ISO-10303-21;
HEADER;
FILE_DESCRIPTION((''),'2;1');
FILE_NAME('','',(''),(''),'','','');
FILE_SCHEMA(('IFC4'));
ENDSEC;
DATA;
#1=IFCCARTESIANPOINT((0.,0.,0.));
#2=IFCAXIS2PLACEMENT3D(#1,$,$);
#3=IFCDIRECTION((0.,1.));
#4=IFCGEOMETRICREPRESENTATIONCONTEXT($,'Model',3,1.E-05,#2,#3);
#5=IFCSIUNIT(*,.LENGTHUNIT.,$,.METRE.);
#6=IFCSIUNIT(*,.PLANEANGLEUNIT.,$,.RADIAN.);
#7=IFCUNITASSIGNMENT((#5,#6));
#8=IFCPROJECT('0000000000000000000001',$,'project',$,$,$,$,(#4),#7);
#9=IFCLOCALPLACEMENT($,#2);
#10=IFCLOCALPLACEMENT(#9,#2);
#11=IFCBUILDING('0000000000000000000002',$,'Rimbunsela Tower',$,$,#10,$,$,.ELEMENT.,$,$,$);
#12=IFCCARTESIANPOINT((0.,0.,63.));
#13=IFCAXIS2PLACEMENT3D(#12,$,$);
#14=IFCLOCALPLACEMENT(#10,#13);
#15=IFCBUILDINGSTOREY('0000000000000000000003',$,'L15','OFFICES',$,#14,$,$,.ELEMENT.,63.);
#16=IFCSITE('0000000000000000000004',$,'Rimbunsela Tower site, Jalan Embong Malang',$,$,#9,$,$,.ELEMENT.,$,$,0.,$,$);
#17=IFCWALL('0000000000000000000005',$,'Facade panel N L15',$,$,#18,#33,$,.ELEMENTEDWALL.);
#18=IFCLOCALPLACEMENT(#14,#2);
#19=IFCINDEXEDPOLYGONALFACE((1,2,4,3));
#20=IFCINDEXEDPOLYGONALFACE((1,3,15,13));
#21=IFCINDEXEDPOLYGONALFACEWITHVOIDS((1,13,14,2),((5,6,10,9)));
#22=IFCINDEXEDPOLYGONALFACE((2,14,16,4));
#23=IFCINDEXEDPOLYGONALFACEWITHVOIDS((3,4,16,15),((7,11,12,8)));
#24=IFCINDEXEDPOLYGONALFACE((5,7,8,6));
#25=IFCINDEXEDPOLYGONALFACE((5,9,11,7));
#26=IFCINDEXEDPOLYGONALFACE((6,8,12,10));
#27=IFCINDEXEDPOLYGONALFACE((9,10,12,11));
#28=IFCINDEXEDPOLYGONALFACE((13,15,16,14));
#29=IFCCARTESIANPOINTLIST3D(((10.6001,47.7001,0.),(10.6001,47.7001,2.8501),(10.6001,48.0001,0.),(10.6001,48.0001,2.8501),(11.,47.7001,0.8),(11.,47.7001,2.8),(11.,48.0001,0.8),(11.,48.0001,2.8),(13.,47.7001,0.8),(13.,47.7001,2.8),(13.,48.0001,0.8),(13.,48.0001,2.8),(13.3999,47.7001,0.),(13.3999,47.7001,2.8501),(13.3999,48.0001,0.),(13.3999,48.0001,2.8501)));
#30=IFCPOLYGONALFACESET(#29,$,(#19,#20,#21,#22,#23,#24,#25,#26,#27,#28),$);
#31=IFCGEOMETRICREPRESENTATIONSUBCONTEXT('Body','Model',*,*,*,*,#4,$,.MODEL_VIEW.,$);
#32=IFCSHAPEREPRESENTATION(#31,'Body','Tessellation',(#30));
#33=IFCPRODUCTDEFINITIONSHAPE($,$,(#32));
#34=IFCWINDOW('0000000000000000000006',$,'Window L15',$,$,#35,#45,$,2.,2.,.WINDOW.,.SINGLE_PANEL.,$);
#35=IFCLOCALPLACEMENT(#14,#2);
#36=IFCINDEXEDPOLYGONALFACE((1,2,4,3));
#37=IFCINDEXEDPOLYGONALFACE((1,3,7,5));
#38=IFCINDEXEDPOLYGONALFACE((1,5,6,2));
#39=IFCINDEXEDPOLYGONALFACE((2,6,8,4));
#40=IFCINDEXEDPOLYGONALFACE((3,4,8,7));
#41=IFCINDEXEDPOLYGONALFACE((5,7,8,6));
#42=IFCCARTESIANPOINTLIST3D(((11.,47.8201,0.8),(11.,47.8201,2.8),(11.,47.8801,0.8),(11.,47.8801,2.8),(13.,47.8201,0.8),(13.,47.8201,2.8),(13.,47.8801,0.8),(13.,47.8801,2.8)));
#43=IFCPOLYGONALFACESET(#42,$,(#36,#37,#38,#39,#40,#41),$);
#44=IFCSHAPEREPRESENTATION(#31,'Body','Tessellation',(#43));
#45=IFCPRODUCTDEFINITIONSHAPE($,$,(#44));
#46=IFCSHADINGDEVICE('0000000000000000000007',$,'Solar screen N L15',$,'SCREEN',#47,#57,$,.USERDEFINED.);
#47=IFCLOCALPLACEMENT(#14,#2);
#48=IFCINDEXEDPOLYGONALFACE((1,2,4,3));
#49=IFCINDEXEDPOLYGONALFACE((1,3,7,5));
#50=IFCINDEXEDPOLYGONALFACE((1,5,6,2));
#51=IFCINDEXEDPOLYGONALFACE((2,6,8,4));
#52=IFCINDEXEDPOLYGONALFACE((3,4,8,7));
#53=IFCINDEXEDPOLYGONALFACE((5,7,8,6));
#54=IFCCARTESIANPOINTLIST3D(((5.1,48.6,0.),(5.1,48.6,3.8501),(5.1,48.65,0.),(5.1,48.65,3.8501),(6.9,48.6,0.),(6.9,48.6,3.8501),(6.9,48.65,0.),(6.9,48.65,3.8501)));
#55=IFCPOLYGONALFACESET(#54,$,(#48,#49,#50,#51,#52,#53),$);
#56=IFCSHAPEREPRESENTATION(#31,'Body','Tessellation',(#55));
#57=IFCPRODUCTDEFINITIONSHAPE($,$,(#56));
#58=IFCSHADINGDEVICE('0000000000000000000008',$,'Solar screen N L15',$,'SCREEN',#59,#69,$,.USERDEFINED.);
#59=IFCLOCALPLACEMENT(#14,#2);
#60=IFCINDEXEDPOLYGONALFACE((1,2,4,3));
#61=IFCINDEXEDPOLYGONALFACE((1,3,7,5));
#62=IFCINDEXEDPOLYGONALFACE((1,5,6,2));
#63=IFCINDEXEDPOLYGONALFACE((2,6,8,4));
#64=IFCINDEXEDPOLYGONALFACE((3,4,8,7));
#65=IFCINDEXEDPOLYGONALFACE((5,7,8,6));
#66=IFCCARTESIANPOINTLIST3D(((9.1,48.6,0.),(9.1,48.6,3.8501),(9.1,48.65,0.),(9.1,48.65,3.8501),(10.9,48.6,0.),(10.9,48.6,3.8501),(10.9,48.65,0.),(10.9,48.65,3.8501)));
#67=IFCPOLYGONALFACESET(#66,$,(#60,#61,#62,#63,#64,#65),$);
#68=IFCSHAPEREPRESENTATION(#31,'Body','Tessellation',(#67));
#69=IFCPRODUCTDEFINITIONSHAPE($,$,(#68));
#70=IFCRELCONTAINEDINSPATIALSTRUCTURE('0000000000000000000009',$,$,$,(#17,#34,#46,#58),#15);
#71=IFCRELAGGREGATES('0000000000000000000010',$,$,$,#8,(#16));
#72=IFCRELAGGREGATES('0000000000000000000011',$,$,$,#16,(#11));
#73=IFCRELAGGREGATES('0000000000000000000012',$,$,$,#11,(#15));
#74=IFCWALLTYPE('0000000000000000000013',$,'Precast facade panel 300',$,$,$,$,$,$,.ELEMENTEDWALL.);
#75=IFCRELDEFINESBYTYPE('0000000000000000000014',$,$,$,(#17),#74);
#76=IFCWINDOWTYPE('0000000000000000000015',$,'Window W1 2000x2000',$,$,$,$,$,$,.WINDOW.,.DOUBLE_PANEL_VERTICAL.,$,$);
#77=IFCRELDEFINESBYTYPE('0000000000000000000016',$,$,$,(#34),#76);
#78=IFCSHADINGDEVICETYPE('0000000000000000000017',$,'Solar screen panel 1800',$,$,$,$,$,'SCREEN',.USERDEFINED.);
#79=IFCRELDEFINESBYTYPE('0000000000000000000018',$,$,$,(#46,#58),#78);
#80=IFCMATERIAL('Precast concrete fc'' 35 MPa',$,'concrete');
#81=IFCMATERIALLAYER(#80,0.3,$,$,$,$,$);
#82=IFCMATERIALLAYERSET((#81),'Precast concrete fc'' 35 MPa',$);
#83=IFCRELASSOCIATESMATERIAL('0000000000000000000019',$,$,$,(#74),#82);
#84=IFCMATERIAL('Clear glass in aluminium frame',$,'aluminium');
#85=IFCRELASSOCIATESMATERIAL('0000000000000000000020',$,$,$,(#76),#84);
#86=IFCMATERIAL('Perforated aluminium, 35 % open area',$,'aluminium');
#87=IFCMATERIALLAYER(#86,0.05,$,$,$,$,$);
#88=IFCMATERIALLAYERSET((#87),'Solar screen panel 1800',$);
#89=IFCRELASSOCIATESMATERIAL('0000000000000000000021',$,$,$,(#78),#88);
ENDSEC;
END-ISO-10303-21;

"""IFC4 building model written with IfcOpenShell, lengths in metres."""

from ifc_helpers import new_model, si_unit, direction, frame, frame_2d, origin, origin_2d, place, context, subcontext, project, spatial, rectangle, extrude, material, layer, layer_set, type_object, element, fill, save


model = new_model("IFC4")

# Units and contexts
model_context = context("Model", 3, precision=1e-05, world=origin(), true_north=direction((0.0, 1.0)))
body_context = subcontext(model_context, "Body", "Model", "MODEL_VIEW")
ifc_project = project(units=[si_unit("LENGTHUNIT", "METRE"), si_unit("PLANEANGLEUNIT", "RADIAN")], contexts=[model_context])

# Site, building, storey
site_placement = place(None, origin())
site = spatial("IfcSite", under=ifc_project, at=site_placement, Name="Rimbunsela Tower site, Jalan Embong Malang", CompositionType="ELEMENT", RefElevation=0.0)
building_placement = place(site_placement, origin())
building = spatial("IfcBuilding", under=site, at=building_placement, Name="Rimbunsela Tower", CompositionType="ELEMENT")
storey_placement = place(building_placement, frame((0.0, 0.0, 63.0)))
storey = spatial("IfcBuildingStorey", under=building, at=storey_placement, Name="L15", Description="OFFICES", CompositionType="ELEMENT", Elevation=63.0)

# Wall, opening, window
ifc_material_1 = material(Name="Precast concrete fc' 35 MPa", Category="concrete")
ifc_layer_1 = layer(ifc_material_1, 0.3)
ifc_layer_set_1 = layer_set([ifc_layer_1], Name="Precast concrete fc' 35 MPa")
wall_type_1 = type_object("IfcWallType", Name="Precast facade panel 300", PredefinedType="ELEMENTEDWALL", material=ifc_layer_set_1)
ifc_material_2 = material(Name="Clear glass in aluminium frame", Category="aluminium")
window_type = type_object("IfcWindowType", Name="Window W1 2000x2000", PartitioningType="DOUBLE_PANEL_VERTICAL", PredefinedType="WINDOW", material=ifc_material_2)
wall_1_placement = place(storey_placement, frame((13.3999, 47.8501, 0.0), z_axis=(0.0, 0.0, 1.0), x_axis=(-1.0, 0.0, 0.0)))
wall_1 = element("IfcWall", 1, at=wall_1_placement, inside=storey, type_object=wall_type_1, Name="Facade panel N L15", PredefinedType="ELEMENTEDWALL", context=body_context, shape_type="SweptSolid", body=[
    extrude(rectangle(XDim=2.7998, YDim=0.3, at=frame_2d((1.3999, 0.0))), origin(), (0.0, 0.0, 1.0), 2.8501),
])
opening_1_placement = place(wall_1_placement, frame((0.3999, 0.0, 0.8)))
opening_1 = element("IfcOpeningElement", 2, at=opening_1_placement, cuts=wall_1, PredefinedType="OPENING", context=body_context, shape_type="SweptSolid", body=[
    extrude(rectangle(XDim=2.0, YDim=2.0, at=frame_2d((1.0, 1.0))), frame((0.0, 0.1599, 0.0), z_axis=(0.0, -1.0, 0.0), x_axis=(1.0, 0.0, 0.0)), (0.0, 0.0, 1.0), 0.3201),
])
window_1_placement = place(opening_1_placement, origin())
window_1 = element("IfcWindow", 3, at=window_1_placement, inside=storey, type_object=window_type, Name="Window L15", OverallHeight=2.0, OverallWidth=2.0, PartitioningType="SINGLE_PANEL", PredefinedType="WINDOW", context=body_context, shape_type="SweptSolid", body=[
    extrude(rectangle(XDim=2.0, YDim=2.0, at=frame_2d((1.0, 1.0))), frame((0.0, 0.03, 0.0), z_axis=(0.0, -1.0, 0.0), x_axis=(1.0, 0.0, 0.0)), (0.0, 0.0, 1.0), 0.0601),
])
fill(opening_1, window_1)

# Shading devices
ifc_material_3 = material(Name="Perforated aluminium, 35 % open area", Category="aluminium")
ifc_layer_2 = layer(ifc_material_3, 0.05)
ifc_layer_set_2 = layer_set([ifc_layer_2], Name="Solar screen panel 1800")
shading_device_type = type_object("IfcShadingDeviceType", Name="Solar screen panel 1800", ElementType="SCREEN", PredefinedType="USERDEFINED", material=ifc_layer_set_2)
for number, where, z_axis, x_axis, name in (
    (4, (6.0, 48.625, 0.0), (0.0, 0.0, 1.0), (1.0, 0.0, 0.0), "Solar screen N L15"),
    (5, (10.0, 48.625, 0.0), (0.0, 0.0, 1.0), (1.0, 0.0, 0.0), "Solar screen N L15"),
):
    element("IfcShadingDevice", number, at=place(storey_placement, frame(where, z_axis=z_axis, x_axis=x_axis)), inside=storey, type_object=shading_device_type, Name=name, ObjectType="SCREEN", PredefinedType="USERDEFINED", context=body_context, shape_type="SweptSolid", body=[
        extrude(rectangle(XDim=1.8, YDim=0.05, at=origin_2d()), origin(), (0.0, 0.0, 1.0), 3.8501),
    ])

save(model, "model.ifc")
